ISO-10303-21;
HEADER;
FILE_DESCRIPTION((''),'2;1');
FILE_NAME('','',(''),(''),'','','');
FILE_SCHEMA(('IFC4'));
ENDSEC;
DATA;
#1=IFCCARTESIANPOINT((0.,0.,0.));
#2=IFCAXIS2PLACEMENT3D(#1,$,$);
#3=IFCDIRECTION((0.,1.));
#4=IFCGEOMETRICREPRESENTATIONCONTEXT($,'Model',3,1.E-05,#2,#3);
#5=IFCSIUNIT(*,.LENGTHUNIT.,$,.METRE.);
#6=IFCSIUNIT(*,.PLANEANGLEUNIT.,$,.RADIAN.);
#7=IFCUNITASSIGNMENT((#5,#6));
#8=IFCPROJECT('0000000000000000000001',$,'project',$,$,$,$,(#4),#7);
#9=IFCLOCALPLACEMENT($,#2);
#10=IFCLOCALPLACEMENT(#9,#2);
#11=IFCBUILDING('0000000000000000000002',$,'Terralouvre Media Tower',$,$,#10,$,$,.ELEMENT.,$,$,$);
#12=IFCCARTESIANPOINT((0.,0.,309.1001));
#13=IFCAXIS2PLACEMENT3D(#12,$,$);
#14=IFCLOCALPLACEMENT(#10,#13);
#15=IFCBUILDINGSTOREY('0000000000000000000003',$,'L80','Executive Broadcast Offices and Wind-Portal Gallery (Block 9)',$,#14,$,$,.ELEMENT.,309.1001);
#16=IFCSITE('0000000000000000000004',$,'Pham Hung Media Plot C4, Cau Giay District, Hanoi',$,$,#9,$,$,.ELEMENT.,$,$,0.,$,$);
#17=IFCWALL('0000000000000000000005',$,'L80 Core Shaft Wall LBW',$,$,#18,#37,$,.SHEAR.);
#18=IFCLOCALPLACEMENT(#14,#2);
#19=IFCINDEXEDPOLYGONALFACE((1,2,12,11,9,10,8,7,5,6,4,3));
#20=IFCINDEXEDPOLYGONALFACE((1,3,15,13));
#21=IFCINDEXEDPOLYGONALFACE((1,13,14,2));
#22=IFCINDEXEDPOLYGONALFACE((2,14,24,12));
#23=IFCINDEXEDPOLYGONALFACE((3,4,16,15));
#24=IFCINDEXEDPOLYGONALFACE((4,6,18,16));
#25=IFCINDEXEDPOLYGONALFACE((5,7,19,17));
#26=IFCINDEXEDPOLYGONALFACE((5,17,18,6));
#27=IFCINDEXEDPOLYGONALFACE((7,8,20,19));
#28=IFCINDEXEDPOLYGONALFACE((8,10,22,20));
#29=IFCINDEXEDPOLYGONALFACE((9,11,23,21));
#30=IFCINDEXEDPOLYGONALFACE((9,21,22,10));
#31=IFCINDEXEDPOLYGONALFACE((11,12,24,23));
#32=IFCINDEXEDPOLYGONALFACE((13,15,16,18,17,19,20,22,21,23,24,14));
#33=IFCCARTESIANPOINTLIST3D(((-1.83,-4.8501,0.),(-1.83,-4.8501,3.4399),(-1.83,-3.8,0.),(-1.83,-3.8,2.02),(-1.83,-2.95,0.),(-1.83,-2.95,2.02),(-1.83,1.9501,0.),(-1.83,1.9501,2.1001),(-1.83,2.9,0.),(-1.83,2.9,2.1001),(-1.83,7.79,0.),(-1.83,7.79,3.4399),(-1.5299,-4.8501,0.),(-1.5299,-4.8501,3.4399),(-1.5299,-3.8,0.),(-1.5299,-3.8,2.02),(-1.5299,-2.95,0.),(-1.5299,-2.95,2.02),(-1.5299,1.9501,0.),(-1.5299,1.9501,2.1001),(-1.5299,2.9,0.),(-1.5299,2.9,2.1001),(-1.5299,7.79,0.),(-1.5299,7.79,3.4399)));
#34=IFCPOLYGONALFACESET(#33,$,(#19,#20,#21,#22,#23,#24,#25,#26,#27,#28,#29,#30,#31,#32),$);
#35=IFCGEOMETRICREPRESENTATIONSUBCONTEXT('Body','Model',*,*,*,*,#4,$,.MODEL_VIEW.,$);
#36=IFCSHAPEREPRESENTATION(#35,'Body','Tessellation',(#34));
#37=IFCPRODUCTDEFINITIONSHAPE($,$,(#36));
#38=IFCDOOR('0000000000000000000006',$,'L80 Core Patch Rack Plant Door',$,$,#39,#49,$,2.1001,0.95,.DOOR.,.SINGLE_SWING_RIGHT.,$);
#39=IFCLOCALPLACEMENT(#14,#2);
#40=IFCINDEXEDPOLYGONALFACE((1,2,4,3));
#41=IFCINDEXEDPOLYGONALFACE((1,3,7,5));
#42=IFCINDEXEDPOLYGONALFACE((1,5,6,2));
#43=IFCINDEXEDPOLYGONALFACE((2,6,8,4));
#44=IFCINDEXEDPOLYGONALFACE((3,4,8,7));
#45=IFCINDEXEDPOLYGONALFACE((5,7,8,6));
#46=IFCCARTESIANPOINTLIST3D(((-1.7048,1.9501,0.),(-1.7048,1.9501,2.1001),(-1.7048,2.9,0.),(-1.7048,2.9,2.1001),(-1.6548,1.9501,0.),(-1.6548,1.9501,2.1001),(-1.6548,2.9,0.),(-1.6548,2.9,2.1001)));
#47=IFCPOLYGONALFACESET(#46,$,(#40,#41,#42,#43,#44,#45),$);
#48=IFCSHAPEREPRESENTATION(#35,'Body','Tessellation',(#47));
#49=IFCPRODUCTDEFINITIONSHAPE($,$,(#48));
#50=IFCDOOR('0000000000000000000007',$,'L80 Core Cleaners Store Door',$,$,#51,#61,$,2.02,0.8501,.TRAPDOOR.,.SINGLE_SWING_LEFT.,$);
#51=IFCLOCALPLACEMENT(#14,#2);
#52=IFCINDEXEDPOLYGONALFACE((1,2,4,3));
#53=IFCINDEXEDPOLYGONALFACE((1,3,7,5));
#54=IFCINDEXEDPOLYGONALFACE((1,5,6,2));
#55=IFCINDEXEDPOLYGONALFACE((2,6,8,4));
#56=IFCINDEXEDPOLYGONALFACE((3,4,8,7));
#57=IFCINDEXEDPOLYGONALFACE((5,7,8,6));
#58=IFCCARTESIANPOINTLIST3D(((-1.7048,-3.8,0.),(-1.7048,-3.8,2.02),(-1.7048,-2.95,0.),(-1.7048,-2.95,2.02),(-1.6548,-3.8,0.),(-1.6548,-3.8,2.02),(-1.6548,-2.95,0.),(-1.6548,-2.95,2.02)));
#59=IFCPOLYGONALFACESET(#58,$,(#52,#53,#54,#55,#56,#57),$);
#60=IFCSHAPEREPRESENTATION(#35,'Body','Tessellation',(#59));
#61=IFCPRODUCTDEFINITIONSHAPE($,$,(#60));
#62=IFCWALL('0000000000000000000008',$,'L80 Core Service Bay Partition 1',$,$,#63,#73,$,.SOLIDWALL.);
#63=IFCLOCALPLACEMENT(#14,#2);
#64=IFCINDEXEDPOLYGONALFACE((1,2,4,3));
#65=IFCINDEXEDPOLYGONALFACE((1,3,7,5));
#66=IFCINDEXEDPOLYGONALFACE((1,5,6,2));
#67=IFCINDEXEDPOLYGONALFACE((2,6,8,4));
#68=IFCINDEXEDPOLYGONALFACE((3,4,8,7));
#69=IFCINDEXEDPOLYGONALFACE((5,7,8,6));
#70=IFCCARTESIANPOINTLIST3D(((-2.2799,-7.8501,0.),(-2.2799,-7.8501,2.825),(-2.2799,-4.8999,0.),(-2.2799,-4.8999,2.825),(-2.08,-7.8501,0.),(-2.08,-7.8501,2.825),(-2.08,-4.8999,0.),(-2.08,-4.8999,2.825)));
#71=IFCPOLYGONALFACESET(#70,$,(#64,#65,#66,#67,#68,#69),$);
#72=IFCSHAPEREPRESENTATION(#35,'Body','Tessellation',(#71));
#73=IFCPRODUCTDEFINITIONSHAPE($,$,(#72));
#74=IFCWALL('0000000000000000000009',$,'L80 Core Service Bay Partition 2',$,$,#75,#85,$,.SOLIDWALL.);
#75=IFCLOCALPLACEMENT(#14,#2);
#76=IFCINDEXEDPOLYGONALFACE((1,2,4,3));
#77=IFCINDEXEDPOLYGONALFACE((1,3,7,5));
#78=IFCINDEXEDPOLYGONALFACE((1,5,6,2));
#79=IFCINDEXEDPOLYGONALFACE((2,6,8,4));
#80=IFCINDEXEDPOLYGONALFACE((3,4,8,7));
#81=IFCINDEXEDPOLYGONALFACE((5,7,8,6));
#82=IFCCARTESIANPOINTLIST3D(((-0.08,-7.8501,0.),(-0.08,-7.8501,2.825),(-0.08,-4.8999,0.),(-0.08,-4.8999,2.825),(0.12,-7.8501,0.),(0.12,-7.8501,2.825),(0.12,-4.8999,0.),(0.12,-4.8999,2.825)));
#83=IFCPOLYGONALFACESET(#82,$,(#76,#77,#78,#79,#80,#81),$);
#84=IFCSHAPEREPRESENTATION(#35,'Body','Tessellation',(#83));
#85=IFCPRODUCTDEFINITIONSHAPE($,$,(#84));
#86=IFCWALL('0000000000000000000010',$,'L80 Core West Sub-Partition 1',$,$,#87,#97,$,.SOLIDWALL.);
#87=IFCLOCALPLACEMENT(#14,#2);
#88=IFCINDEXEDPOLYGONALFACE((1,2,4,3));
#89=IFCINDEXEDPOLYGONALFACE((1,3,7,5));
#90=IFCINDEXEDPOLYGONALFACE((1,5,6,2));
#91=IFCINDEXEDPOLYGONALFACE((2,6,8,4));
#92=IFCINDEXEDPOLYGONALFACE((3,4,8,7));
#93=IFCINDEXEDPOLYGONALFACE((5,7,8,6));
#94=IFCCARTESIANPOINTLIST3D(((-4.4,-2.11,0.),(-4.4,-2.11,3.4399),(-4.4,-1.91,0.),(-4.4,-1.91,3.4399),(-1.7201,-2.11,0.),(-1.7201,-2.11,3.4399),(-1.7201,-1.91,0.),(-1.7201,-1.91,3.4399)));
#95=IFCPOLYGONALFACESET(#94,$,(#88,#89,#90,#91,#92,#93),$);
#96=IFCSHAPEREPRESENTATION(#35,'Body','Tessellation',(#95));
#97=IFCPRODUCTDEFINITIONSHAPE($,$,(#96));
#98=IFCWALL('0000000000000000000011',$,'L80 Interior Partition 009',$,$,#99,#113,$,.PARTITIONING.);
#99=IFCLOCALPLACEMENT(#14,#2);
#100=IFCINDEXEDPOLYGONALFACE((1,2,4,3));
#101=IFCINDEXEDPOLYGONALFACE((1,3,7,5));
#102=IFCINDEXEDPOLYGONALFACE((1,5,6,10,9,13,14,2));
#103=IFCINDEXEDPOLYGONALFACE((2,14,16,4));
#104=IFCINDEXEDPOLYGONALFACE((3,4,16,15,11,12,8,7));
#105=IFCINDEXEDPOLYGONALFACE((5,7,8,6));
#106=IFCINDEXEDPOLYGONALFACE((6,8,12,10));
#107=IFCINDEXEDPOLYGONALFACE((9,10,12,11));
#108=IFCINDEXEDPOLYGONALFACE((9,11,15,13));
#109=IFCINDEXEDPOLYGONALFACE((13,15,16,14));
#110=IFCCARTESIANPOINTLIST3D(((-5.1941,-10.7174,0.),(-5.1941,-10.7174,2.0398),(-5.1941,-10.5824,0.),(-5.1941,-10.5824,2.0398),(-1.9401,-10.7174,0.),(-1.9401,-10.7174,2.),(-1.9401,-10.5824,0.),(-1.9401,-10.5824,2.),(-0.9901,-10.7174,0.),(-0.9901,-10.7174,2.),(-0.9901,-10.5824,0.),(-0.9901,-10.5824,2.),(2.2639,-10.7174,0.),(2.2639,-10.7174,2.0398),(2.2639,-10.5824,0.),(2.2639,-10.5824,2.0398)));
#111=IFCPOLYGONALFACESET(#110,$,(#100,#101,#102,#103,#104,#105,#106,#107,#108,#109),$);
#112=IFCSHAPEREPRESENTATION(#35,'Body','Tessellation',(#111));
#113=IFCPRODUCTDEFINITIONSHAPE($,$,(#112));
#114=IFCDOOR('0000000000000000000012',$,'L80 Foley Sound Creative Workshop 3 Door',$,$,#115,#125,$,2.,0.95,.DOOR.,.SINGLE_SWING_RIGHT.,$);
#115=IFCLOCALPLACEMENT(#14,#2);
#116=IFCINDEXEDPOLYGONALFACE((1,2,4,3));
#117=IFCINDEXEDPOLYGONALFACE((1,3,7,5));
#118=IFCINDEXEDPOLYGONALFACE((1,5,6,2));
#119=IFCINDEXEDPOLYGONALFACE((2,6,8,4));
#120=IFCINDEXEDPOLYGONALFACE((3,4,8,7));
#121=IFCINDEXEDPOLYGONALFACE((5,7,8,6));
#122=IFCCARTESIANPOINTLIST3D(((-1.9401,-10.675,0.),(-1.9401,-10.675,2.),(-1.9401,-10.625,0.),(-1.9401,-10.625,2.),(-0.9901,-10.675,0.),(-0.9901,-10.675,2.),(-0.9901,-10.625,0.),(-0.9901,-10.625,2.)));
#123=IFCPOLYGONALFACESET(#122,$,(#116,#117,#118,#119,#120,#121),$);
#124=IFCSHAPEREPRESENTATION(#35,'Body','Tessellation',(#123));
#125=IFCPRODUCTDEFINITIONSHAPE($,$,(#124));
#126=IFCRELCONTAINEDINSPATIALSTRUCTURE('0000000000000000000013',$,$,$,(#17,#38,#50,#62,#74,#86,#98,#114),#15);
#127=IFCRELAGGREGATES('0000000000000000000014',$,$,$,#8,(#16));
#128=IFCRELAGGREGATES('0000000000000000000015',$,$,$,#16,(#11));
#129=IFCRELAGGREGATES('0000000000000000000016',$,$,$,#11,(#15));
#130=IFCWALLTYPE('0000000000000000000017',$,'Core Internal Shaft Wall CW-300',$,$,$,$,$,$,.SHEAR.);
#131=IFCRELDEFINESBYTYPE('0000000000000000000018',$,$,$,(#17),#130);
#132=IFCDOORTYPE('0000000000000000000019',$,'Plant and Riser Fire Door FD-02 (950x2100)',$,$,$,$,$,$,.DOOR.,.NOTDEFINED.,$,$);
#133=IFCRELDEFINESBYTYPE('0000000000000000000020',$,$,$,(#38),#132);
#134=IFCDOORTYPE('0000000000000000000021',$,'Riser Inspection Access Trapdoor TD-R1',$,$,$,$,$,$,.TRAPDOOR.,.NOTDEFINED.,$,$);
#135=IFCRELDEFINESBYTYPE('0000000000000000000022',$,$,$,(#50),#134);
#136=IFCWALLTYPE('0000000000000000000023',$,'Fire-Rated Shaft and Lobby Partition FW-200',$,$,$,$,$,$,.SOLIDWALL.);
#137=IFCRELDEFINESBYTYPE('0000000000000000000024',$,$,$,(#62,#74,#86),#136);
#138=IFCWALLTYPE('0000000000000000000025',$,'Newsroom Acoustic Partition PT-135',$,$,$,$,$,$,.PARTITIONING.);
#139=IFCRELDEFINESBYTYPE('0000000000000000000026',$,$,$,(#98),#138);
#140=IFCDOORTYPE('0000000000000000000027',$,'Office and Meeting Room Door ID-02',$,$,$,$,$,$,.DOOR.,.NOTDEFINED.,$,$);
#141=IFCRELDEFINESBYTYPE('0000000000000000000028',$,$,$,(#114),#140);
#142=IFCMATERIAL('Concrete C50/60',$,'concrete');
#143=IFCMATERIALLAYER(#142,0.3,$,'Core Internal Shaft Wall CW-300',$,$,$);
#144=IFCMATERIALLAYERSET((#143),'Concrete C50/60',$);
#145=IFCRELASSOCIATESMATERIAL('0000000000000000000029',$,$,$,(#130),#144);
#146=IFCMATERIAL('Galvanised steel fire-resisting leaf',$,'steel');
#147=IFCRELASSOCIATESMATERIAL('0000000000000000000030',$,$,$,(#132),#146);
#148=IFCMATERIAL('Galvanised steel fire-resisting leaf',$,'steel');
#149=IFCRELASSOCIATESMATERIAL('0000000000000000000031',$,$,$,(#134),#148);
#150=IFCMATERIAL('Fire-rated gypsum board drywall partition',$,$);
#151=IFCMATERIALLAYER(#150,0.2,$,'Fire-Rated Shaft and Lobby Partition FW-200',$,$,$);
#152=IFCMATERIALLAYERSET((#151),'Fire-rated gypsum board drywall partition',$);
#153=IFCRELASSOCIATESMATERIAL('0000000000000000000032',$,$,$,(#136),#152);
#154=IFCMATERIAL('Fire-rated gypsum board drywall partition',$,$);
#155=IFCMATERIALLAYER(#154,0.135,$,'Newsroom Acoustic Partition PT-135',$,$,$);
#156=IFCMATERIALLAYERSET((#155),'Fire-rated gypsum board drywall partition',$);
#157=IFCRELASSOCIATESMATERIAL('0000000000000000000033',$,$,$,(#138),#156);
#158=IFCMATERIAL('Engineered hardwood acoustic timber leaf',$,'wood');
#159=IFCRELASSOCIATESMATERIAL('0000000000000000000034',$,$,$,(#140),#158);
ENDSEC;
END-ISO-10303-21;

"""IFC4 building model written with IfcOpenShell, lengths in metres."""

from ifc_helpers import new_model, si_unit, direction, frame, frame_2d, origin, place, context, subcontext, project, spatial, rectangle, extrude, material, layer, layer_set, type_object, element, fill, save


model = new_model("IFC4")

# Units and contexts
model_context = context("Model", 3, precision=1e-05, world=origin(), true_north=direction((0.0, 1.0)))
body_context = subcontext(model_context, "Body", "Model", "MODEL_VIEW")
ifc_project = project(units=[si_unit("LENGTHUNIT", "METRE"), si_unit("PLANEANGLEUNIT", "RADIAN")], contexts=[model_context])

# Site, building, storey
site_placement = place(None, origin())
site = spatial("IfcSite", under=ifc_project, at=site_placement, Name="Pham Hung Media Plot C4, Cau Giay District, Hanoi", CompositionType="ELEMENT", RefElevation=0.0)
building_placement = place(site_placement, origin())
building = spatial("IfcBuilding", under=site, at=building_placement, Name="Terralouvre Media Tower", CompositionType="ELEMENT")
storey_placement = place(building_placement, frame((0.0, 0.0, 309.1001)))
storey = spatial("IfcBuildingStorey", under=building, at=storey_placement, Name="L80", Description="Executive Broadcast Offices and Wind-Portal Gallery (Block 9)", CompositionType="ELEMENT", Elevation=309.1001)

# Shared definitions
ifc_material_1 = material(Name="Concrete C50/60", Category="concrete")
ifc_layer_1 = layer(ifc_material_1, 0.3, Name="Core Internal Shaft Wall CW-300")
ifc_layer_set_1 = layer_set([ifc_layer_1], Name="Concrete C50/60")
wall_type_1 = type_object("IfcWallType", Name="Core Internal Shaft Wall CW-300", PredefinedType="SHEAR", material=ifc_layer_set_1)

# Wall, openings, doors
wall_1_placement = place(storey_placement, frame((-1.6799, -4.8501, 0.0), z_axis=(0.0, 0.0, 1.0), x_axis=(0.0, 1.0, 0.0)))
wall_1 = element("IfcWall", 1, at=wall_1_placement, inside=storey, type_object=wall_type_1, Name="L80 Core Shaft Wall LBW", PredefinedType="SHEAR", context=body_context, shape_type="SweptSolid", body=[
    extrude(rectangle(XDim=12.6401, YDim=0.3, at=frame_2d((6.3201, 0.0))), origin(), (0.0, 0.0, 1.0), 3.4399),
])
opening_1_placement = place(wall_1_placement, frame((1.05, 0.0, 0.0)))
opening_1 = element("IfcOpeningElement", 2, at=opening_1_placement, cuts=wall_1, PredefinedType="OPENING", context=body_context, shape_type="SweptSolid", body=[
    extrude(rectangle(XDim=0.8501, YDim=2.02, at=frame_2d((0.425, 1.01))), frame((0.0, 0.1599, 0.0), z_axis=(0.0, -1.0, 0.0), x_axis=(1.0, 0.0, 0.0)), (0.0, 0.0, 1.0), 0.3201),
])
opening_2_placement = place(wall_1_placement, frame((6.8, 0.0, 0.0)))
opening_2 = element("IfcOpeningElement", 3, at=opening_2_placement, cuts=wall_1, PredefinedType="OPENING", context=body_context, shape_type="SweptSolid", body=[
    extrude(rectangle(XDim=0.95, YDim=2.1001, at=frame_2d((0.4751, 1.05))), frame((0.0, 0.1599, 0.0), z_axis=(0.0, -1.0, 0.0), x_axis=(1.0, 0.0, 0.0)), (0.0, 0.0, 1.0), 0.3201),
])
ifc_material_2 = material(Name="Galvanised steel fire-resisting leaf", Category="steel")
door_type_1 = type_object("IfcDoorType", Name="Plant and Riser Fire Door FD-02 (950x2100)", OperationType="NOTDEFINED", PredefinedType="DOOR", material=ifc_material_2)
door_1_placement = place(opening_2_placement, origin())
door_1 = element("IfcDoor", 4, at=door_1_placement, inside=storey, type_object=door_type_1, Name="L80 Core Patch Rack Plant Door", OperationType="SINGLE_SWING_RIGHT", OverallHeight=2.1001, OverallWidth=0.95, PredefinedType="DOOR", context=body_context, shape_type="SweptSolid", body=[
    extrude(rectangle(XDim=0.95, YDim=2.1001, at=frame_2d((0.4751, 1.05))), frame((0.0, 0.0249, 0.0), z_axis=(0.0, -1.0, 0.0), x_axis=(1.0, 0.0, 0.0)), (0.0, 0.0, 1.0), 0.05),
])
fill(opening_2, door_1)
ifc_material_3 = material(Name="Galvanised steel fire-resisting leaf", Category="steel")
door_type_2 = type_object("IfcDoorType", Name="Riser Inspection Access Trapdoor TD-R1", OperationType="NOTDEFINED", PredefinedType="TRAPDOOR", material=ifc_material_3)
door_2_placement = place(opening_1_placement, origin())
door_2 = element("IfcDoor", 5, at=door_2_placement, inside=storey, type_object=door_type_2, Name="L80 Core Cleaners Store Door", OperationType="SINGLE_SWING_LEFT", OverallHeight=2.02, OverallWidth=0.8501, PredefinedType="TRAPDOOR", context=body_context, shape_type="SweptSolid", body=[
    extrude(rectangle(XDim=0.8501, YDim=2.02, at=frame_2d((0.425, 1.01))), frame((0.0, 0.0249, 0.0), z_axis=(0.0, -1.0, 0.0), x_axis=(1.0, 0.0, 0.0)), (0.0, 0.0, 1.0), 0.05),
])
fill(opening_1, door_2)

# Walls
ifc_material_4 = material(Name="Fire-rated gypsum board drywall partition")
ifc_layer_2 = layer(ifc_material_4, 0.2, Name="Fire-Rated Shaft and Lobby Partition FW-200")
ifc_layer_set_2 = layer_set([ifc_layer_2], Name="Fire-rated gypsum board drywall partition")
wall_type_2 = type_object("IfcWallType", Name="Fire-Rated Shaft and Lobby Partition FW-200", PredefinedType="SOLIDWALL", material=ifc_layer_set_2)
for number, where, z_axis, x_axis, name in (
    (6, (-2.1799, -7.8501, 0.0), (0.0, 0.0, 1.0), (0.0, 1.0, 0.0), "L80 Core Service Bay Partition 1"),
    (7, (0.02, -7.8501, 0.0), (0.0, 0.0, 1.0), (0.0, 1.0, 0.0), "L80 Core Service Bay Partition 2"),
):
    element("IfcWall", number, at=place(storey_placement, frame(where, z_axis=z_axis, x_axis=x_axis)), inside=storey, type_object=wall_type_2, Name=name, PredefinedType="SOLIDWALL", context=body_context, shape_type="SweptSolid", body=[
        extrude(rectangle(XDim=2.9502, YDim=0.2, at=frame_2d((1.4751, 0.0))), origin(), (0.0, 0.0, 1.0), 2.825),
    ])
wall_2_placement = place(storey_placement, frame((-4.3999, -2.01, 0.0), z_axis=(0.0, 0.0, 1.0), x_axis=(1.0, 0.0, 0.0)))
element("IfcWall", 8, at=wall_2_placement, inside=storey, type_object=wall_type_2, Name="L80 Core West Sub-Partition 1", PredefinedType="SOLIDWALL", context=body_context, shape_type="SweptSolid", body=[
    extrude(rectangle(XDim=2.6799, YDim=0.2, at=frame_2d((1.3398, 0.0))), origin(), (0.0, 0.0, 1.0), 3.4399),
])

# Wall, opening, door
ifc_material_5 = material(Name="Fire-rated gypsum board drywall partition")
ifc_layer_3 = layer(ifc_material_5, 0.135, Name="Newsroom Acoustic Partition PT-135")
ifc_layer_set_3 = layer_set([ifc_layer_3], Name="Fire-rated gypsum board drywall partition")
wall_type_3 = type_object("IfcWallType", Name="Newsroom Acoustic Partition PT-135", PredefinedType="PARTITIONING", material=ifc_layer_set_3)
wall_3_placement = place(storey_placement, frame((-5.1941, -10.6499, 0.0), z_axis=(0.0, 0.0, 1.0), x_axis=(1.0, 0.0, 0.0)))
wall_3 = element("IfcWall", 9, at=wall_3_placement, inside=storey, type_object=wall_type_3, Name="L80 Interior Partition 009", PredefinedType="PARTITIONING", context=body_context, shape_type="SweptSolid", body=[
    extrude(rectangle(XDim=7.458, YDim=0.135, at=frame_2d((3.729, 0.0))), origin(), (0.0, 0.0, 1.0), 2.0398),
])
opening_3_placement = place(wall_3_placement, frame((3.2539, 0.0, 0.0)))
opening_3 = element("IfcOpeningElement", 10, at=opening_3_placement, cuts=wall_3, PredefinedType="OPENING", context=body_context, shape_type="SweptSolid", body=[
    extrude(rectangle(XDim=0.95, YDim=2.0, at=frame_2d((0.4751, 1.0))), frame((0.0, 0.0774, 0.0), z_axis=(0.0, -1.0, 0.0), x_axis=(1.0, 0.0, 0.0)), (0.0, 0.0, 1.0), 0.155),
])
ifc_material_6 = material(Name="Engineered hardwood acoustic timber leaf", Category="wood")
door_type_3 = type_object("IfcDoorType", Name="Office and Meeting Room Door ID-02", OperationType="NOTDEFINED", PredefinedType="DOOR", material=ifc_material_6)
door_3_placement = place(opening_3_placement, origin())
door_3 = element("IfcDoor", 11, at=door_3_placement, inside=storey, type_object=door_type_3, Name="L80 Foley Sound Creative Workshop 3 Door", OperationType="SINGLE_SWING_RIGHT", OverallHeight=2.0, OverallWidth=0.95, PredefinedType="DOOR", context=body_context, shape_type="SweptSolid", body=[
    extrude(rectangle(XDim=0.95, YDim=2.0, at=frame_2d((0.4751, 1.0))), frame((0.0, 0.0249, 0.0), z_axis=(0.0, -1.0, 0.0), x_axis=(1.0, 0.0, 0.0)), (0.0, 0.0, 1.0), 0.05),
])
fill(opening_3, door_3)

save(model, "model.ifc")
